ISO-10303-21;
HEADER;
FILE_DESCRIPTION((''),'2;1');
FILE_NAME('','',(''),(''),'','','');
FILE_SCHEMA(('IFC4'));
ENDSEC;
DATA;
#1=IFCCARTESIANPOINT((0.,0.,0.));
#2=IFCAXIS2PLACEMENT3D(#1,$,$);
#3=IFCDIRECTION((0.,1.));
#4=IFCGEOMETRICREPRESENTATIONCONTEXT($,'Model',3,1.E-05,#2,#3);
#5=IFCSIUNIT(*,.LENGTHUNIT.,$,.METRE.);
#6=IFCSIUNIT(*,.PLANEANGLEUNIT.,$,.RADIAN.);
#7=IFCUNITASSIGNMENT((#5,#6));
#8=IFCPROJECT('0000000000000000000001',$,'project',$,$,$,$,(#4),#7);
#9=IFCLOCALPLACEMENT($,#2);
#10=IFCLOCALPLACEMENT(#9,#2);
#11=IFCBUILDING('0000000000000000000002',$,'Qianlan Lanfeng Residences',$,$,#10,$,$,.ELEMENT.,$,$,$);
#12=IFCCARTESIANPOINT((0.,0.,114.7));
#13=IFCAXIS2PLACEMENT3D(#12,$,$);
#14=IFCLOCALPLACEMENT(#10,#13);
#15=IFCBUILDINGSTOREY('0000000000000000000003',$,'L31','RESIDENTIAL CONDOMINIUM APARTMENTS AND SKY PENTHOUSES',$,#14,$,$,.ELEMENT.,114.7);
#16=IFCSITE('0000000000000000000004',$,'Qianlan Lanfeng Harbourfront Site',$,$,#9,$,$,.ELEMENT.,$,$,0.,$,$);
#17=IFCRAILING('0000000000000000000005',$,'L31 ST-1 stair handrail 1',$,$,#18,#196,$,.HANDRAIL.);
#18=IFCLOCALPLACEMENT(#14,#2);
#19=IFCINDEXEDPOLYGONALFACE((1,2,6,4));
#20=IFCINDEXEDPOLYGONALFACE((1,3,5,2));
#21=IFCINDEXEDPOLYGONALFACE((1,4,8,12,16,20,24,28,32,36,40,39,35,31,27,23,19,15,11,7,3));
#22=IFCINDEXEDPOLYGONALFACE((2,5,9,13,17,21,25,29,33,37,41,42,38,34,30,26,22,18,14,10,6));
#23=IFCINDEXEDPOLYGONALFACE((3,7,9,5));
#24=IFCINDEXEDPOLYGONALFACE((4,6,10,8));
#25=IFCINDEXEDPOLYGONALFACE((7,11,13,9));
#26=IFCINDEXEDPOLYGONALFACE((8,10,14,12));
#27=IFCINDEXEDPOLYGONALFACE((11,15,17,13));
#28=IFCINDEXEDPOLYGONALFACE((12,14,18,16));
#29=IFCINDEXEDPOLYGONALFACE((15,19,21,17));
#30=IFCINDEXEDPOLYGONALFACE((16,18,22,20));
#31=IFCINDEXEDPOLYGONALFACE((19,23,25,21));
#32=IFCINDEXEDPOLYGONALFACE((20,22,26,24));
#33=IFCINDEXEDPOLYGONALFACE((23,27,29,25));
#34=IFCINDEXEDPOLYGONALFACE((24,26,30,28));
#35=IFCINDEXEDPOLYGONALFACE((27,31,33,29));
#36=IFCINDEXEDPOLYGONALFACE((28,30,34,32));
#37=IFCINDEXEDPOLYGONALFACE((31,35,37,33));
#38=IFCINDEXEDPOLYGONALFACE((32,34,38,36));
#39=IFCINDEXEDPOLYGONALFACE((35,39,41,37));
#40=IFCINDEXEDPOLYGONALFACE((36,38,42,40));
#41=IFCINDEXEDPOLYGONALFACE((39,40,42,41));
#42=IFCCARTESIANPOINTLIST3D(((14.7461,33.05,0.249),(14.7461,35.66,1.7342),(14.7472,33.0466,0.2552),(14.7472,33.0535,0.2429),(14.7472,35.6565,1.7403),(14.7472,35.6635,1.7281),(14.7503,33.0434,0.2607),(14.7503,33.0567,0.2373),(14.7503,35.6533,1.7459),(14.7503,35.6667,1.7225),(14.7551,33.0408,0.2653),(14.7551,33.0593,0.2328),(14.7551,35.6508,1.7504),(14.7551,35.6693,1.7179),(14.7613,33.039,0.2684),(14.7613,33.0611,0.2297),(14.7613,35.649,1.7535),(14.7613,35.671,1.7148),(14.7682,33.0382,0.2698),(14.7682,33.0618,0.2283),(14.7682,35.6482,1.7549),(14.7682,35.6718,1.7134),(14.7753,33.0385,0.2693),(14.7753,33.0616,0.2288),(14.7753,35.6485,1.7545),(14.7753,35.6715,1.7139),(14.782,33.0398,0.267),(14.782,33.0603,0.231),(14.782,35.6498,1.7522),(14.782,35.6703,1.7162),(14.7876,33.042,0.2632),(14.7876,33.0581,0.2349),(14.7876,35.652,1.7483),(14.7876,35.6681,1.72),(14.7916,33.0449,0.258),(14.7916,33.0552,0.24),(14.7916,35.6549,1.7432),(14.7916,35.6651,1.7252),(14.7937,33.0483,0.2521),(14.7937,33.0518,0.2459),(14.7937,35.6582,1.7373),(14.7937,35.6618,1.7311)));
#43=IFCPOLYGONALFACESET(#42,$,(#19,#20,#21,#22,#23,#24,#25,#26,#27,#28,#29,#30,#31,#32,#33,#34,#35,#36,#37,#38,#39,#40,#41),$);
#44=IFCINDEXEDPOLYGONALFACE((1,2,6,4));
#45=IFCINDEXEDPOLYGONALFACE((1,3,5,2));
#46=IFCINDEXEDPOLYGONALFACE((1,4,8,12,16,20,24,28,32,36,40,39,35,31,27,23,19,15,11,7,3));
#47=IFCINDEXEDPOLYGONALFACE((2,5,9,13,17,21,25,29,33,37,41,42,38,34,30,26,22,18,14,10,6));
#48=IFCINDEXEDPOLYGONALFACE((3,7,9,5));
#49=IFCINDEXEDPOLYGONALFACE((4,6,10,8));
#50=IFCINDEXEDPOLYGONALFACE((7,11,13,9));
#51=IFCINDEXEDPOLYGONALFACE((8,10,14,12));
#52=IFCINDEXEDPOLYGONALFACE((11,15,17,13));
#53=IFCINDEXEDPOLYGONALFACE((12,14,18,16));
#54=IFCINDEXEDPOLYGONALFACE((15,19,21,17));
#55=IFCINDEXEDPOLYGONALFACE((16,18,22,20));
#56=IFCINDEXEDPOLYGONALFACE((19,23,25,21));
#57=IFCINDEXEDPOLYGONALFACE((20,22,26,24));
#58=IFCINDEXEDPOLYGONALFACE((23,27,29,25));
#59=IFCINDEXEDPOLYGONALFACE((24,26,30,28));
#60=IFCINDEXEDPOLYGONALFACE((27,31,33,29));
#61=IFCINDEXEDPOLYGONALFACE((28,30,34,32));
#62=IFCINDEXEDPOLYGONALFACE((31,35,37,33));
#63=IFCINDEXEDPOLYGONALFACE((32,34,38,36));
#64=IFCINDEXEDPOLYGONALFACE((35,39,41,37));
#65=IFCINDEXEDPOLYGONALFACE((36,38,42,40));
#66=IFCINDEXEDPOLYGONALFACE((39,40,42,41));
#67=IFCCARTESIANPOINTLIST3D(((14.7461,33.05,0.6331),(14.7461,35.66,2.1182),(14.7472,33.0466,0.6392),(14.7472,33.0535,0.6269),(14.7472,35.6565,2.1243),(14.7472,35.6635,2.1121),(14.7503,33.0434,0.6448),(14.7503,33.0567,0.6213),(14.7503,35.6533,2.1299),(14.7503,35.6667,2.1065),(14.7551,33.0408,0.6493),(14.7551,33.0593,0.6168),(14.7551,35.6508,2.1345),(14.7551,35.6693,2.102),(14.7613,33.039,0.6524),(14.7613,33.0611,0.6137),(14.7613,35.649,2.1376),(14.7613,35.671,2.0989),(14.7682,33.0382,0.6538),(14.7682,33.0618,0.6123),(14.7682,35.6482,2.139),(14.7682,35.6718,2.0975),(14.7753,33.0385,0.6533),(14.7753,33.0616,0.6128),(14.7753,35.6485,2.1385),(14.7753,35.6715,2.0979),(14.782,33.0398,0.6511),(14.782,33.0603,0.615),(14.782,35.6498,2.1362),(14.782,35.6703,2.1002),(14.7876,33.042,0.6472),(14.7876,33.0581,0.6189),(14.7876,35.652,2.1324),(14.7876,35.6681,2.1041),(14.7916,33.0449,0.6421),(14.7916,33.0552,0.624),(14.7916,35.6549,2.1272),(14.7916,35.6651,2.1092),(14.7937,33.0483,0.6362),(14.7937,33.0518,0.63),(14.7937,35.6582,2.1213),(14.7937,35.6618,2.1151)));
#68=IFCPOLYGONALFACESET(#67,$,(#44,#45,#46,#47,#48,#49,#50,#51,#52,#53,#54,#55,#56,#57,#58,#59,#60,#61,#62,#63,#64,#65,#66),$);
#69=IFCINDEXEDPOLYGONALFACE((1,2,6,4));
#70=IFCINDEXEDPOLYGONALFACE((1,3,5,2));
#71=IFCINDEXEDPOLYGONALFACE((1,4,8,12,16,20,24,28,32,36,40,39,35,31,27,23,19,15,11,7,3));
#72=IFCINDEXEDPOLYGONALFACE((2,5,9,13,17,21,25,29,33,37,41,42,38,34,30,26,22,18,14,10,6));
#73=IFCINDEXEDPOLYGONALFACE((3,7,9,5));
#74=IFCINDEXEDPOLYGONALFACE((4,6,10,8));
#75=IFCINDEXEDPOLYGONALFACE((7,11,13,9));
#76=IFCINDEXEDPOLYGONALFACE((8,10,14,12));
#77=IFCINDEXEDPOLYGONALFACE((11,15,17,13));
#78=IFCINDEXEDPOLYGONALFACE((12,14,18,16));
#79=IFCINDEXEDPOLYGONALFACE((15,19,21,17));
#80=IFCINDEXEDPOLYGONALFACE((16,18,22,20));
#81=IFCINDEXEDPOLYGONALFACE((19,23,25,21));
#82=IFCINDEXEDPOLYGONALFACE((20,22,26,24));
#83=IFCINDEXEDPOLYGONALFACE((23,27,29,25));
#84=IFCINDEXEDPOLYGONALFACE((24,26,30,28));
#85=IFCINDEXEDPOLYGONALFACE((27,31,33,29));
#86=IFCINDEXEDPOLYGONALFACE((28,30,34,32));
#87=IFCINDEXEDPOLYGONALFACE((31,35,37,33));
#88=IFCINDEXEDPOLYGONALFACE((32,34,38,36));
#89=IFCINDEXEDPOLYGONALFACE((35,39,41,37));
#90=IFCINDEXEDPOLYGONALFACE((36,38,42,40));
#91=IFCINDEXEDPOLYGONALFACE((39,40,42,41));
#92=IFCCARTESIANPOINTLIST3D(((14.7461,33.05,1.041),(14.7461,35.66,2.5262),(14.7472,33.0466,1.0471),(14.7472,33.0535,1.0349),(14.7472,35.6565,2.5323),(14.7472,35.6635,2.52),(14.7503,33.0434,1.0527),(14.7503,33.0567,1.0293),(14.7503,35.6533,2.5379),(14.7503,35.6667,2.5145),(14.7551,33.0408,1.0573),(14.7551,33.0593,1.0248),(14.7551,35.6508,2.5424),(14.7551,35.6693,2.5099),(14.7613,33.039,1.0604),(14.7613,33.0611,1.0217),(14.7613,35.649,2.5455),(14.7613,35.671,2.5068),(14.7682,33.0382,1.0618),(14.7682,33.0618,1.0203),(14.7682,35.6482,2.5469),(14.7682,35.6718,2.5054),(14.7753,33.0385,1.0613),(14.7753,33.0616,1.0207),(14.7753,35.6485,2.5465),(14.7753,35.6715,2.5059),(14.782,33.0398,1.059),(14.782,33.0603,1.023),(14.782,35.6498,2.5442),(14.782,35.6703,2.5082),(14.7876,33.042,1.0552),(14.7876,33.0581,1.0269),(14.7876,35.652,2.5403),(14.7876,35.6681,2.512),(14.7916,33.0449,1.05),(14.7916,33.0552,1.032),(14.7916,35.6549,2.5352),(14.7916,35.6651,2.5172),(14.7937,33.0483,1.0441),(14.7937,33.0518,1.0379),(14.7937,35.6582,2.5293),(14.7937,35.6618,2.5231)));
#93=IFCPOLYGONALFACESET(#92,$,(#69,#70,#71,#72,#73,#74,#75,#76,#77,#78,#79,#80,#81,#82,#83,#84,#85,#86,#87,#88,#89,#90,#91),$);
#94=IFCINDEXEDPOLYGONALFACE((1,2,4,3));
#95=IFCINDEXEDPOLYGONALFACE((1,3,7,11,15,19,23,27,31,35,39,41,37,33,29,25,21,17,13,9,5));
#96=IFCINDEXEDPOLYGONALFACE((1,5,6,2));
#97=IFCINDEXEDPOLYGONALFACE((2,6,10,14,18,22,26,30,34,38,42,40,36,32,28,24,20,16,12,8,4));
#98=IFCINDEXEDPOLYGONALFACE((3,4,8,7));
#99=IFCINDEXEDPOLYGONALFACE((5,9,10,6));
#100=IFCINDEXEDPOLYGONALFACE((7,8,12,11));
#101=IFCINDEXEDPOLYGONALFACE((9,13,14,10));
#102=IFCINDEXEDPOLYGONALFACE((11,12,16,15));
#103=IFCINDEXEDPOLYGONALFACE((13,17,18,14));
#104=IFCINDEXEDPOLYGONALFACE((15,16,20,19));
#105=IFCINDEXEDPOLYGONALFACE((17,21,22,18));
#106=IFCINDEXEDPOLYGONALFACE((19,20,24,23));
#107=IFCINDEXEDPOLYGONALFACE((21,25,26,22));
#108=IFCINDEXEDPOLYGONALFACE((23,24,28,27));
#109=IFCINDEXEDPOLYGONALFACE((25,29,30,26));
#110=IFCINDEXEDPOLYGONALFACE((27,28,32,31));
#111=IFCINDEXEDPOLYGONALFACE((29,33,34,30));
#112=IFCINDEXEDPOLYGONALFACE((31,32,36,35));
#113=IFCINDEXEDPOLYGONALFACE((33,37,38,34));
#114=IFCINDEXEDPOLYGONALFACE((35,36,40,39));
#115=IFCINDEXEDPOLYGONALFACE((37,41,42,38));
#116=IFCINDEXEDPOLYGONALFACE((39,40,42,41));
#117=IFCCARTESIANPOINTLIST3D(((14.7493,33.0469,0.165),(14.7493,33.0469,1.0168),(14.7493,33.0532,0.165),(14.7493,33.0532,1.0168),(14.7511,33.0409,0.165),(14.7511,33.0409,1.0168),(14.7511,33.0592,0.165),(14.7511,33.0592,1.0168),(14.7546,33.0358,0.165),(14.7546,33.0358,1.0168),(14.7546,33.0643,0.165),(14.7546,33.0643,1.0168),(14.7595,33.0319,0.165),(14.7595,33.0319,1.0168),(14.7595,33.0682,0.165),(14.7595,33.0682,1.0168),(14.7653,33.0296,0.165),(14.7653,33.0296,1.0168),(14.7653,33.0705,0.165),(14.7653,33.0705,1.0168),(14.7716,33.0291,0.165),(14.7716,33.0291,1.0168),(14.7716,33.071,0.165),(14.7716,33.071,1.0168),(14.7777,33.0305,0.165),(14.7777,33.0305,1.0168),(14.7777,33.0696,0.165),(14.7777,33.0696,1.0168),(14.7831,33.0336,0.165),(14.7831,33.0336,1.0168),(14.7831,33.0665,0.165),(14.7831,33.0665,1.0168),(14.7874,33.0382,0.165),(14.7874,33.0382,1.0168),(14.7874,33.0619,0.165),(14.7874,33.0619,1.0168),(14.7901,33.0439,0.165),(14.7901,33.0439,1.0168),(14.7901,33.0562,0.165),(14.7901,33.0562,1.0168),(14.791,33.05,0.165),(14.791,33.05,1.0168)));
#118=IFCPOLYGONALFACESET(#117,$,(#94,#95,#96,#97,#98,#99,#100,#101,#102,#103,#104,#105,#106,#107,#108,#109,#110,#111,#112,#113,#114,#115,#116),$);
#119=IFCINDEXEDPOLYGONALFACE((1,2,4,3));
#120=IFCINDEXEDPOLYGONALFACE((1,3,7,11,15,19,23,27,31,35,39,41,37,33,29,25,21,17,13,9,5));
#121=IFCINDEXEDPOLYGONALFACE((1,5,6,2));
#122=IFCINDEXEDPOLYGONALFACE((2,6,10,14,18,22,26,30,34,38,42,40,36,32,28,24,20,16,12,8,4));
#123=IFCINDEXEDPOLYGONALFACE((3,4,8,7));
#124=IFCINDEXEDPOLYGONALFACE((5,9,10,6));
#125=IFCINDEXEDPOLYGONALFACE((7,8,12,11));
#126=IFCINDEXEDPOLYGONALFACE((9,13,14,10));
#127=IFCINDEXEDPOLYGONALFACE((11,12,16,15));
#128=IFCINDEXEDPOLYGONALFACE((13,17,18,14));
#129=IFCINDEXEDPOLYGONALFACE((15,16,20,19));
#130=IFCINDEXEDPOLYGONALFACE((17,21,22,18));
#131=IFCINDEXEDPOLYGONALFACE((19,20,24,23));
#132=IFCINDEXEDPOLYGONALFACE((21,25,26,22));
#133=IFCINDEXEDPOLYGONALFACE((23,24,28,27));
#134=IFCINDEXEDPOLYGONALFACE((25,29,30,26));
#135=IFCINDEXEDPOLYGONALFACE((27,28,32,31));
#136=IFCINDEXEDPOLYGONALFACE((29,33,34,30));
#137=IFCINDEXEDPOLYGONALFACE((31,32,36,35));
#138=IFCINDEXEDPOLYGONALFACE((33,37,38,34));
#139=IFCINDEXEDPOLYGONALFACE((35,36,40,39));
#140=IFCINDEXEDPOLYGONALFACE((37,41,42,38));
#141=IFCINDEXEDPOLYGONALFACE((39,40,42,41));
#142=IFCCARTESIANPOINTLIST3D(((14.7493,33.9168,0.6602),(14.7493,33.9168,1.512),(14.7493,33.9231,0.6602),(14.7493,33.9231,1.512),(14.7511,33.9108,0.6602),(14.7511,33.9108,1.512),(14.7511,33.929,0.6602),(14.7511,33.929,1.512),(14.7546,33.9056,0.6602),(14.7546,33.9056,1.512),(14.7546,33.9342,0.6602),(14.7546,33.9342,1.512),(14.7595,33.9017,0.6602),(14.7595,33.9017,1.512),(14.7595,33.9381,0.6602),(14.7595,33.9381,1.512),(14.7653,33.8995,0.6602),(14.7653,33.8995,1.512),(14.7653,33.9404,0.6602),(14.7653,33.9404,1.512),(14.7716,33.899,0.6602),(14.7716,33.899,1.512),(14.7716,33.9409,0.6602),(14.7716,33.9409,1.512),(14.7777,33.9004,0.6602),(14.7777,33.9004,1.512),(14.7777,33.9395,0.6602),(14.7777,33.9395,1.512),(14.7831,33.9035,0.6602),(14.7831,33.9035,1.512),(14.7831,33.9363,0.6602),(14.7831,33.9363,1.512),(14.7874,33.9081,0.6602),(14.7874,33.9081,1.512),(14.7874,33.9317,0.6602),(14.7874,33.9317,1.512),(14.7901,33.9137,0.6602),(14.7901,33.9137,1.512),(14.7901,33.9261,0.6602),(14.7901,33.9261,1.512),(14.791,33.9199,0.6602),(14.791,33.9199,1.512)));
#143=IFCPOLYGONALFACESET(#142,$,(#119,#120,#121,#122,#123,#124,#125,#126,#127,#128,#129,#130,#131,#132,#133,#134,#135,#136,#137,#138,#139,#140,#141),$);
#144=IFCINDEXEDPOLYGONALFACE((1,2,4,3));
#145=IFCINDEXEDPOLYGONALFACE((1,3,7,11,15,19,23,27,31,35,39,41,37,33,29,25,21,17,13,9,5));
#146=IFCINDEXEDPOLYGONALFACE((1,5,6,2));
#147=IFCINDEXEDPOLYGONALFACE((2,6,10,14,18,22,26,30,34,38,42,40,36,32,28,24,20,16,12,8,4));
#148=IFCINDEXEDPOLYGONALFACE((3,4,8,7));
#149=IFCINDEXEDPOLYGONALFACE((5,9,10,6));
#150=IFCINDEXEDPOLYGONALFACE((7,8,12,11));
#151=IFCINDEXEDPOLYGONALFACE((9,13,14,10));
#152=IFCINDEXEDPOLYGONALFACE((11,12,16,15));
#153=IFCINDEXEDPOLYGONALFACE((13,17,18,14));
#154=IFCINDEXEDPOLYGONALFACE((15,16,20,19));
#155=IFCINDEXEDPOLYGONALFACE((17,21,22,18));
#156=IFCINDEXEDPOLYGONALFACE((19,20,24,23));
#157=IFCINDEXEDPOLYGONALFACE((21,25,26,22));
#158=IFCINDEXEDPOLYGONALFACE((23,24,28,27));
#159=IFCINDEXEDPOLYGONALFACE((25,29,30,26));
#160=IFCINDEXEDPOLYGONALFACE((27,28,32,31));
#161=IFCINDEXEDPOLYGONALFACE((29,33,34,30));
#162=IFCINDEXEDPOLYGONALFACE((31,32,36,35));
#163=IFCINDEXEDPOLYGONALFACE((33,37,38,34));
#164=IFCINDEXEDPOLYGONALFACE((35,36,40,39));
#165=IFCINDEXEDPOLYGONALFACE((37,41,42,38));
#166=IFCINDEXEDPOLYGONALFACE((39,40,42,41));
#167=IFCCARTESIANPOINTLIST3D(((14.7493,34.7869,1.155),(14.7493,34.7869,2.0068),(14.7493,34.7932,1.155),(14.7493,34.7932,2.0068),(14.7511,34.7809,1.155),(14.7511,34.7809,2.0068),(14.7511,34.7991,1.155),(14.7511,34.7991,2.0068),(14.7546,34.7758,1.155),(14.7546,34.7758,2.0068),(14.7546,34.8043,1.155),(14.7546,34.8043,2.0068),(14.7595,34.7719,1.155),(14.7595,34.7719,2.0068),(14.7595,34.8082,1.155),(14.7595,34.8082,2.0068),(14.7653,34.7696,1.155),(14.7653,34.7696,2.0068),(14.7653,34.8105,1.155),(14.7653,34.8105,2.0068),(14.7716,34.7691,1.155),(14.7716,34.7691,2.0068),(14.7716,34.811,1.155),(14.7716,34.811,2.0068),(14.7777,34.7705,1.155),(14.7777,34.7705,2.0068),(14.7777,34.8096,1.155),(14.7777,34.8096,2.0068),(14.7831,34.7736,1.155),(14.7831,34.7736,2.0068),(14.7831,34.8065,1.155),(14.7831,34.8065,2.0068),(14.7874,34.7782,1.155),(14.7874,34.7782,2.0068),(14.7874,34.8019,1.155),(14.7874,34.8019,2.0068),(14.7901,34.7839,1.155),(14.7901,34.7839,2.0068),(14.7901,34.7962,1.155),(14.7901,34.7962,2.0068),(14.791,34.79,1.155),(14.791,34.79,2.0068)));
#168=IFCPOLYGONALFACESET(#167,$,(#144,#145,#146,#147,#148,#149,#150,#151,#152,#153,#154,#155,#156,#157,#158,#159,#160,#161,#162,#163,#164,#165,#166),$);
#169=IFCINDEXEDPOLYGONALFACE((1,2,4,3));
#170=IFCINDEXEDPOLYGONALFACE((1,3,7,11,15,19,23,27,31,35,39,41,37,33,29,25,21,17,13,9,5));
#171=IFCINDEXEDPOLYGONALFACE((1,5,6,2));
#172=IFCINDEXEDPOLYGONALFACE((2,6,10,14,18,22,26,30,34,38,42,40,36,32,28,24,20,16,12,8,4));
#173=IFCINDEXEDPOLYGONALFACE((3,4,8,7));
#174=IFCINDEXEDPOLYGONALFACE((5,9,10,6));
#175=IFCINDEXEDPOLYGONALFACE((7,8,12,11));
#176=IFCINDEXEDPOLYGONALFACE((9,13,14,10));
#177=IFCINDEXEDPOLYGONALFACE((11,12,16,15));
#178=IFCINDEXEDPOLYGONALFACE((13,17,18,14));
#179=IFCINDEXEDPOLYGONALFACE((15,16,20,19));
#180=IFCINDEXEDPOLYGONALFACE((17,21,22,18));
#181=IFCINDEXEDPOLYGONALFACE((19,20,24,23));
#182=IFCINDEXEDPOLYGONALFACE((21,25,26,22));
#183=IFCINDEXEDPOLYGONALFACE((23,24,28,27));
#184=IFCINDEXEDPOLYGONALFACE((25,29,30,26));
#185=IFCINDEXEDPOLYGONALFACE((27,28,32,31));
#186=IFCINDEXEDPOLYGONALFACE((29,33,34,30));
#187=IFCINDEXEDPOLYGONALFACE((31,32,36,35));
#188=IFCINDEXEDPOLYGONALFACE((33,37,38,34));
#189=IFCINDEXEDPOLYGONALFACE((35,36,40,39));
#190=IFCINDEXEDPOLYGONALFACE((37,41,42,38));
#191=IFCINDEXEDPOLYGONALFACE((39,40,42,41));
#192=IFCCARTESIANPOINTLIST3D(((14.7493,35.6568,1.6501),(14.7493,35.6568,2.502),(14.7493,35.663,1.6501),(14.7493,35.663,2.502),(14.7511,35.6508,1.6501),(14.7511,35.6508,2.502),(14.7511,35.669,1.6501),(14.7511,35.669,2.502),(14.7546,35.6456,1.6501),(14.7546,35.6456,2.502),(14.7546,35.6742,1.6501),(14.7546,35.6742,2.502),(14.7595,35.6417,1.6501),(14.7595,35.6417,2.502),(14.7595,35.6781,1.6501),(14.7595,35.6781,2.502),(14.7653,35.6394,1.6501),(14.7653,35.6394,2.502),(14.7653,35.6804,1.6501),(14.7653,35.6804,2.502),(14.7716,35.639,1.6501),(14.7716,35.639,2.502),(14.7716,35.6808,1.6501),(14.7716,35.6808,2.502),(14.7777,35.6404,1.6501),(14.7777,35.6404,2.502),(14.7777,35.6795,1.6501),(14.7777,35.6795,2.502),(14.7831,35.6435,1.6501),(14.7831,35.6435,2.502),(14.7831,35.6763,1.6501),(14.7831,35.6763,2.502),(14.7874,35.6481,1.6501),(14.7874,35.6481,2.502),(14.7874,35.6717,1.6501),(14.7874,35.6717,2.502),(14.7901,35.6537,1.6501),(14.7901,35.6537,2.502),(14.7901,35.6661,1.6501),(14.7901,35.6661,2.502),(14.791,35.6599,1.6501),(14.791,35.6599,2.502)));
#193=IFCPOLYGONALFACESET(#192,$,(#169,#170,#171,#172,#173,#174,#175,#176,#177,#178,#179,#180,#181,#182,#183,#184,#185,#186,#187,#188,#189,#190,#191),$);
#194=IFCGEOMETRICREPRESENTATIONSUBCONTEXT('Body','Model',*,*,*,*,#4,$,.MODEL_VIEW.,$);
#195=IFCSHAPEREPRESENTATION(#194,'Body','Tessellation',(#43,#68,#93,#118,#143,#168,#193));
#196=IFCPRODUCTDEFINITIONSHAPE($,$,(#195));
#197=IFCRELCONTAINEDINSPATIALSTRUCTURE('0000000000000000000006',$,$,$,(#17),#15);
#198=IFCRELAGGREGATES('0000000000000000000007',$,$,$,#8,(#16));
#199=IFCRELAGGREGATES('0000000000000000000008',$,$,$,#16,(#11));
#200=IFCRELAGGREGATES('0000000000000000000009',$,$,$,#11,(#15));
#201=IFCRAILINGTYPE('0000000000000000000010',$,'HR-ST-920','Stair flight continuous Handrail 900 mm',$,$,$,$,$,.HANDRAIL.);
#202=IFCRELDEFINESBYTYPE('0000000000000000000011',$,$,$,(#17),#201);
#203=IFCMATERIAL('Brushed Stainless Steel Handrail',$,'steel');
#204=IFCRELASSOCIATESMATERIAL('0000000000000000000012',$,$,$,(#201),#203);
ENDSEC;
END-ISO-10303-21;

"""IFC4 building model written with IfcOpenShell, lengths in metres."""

from ifc_helpers import new_model, si_unit, direction, frame, origin, origin_2d, place, context, subcontext, project, spatial, circle, extrude, material, type_object, element, save


model = new_model("IFC4")

# Units and contexts
model_context = context("Model", 3, precision=1e-05, world=origin(), true_north=direction((0.0, 1.0)))
body_context = subcontext(model_context, "Body", "Model", "MODEL_VIEW")
ifc_project = project(units=[si_unit("LENGTHUNIT", "METRE"), si_unit("PLANEANGLEUNIT", "RADIAN")], contexts=[model_context])

# Site, building, storey
site_placement = place(None, origin())
site = spatial("IfcSite", under=ifc_project, at=site_placement, Name="Qianlan Lanfeng Harbourfront Site", CompositionType="ELEMENT", RefElevation=0.0)
building_placement = place(site_placement, origin())
building = spatial("IfcBuilding", under=site, at=building_placement, Name="Qianlan Lanfeng Residences", CompositionType="ELEMENT")
storey_placement = place(building_placement, frame((0.0, 0.0, 114.7)))
storey = spatial("IfcBuildingStorey", under=building, at=storey_placement, Name="L31", Description="RESIDENTIAL CONDOMINIUM APARTMENTS AND SKY PENTHOUSES", CompositionType="ELEMENT", Elevation=114.7)

# Railing
ifc_material_1 = material(Name="Brushed Stainless Steel Handrail", Category="steel")
railing_type_1 = type_object("IfcRailingType", Name="HR-ST-920", Description="Stair flight continuous Handrail 900 mm", PredefinedType="HANDRAIL", material=ifc_material_1)
railing_1_placement = place(storey_placement, frame((14.77, 33.05, 0.165)))
element("IfcRailing", 1, at=railing_1_placement, inside=storey, type_object=railing_type_1, Name="L31 ST-1 stair handrail 1", PredefinedType="HANDRAIL", context=body_context, shape_type="SweptSolid", body=[
    extrude(circle(Radius=0.0239, at=origin_2d()), frame((0.0, 0.0, 0.084), z_axis=(0.0, 0.869137, 0.494571), x_axis=(-1.0, 0.0, 0.0)), (0.0, 0.0, 1.0), 3.0029),
    extrude(circle(Radius=0.0239, at=origin_2d()), frame((0.0, 0.0, 0.468), z_axis=(0.0, 0.869137, 0.494571), x_axis=(-1.0, 0.0, 0.0)), (0.0, 0.0, 1.0), 3.0029),
    extrude(circle(Radius=0.0239, at=origin_2d()), frame((0.0, 0.0, 0.876), z_axis=(0.0, 0.869137, 0.494571), x_axis=(-1.0, 0.0, 0.0)), (0.0, 0.0, 1.0), 3.0029),
    extrude(circle(Radius=0.021, at=origin_2d()), origin(), (0.0, 0.0, 1.0), 0.8518),
    extrude(circle(Radius=0.021, at=origin_2d()), frame((0.0, 0.8699, 0.4951)), (0.0, 0.0, 1.0), 0.8518),
    extrude(circle(Radius=0.021, at=origin_2d()), frame((0.0, 1.74, 0.99)), (0.0, 0.0, 1.0), 0.8518),
    extrude(circle(Radius=0.021, at=origin_2d()), frame((0.0, 2.6099, 1.4851)), (0.0, 0.0, 1.0), 0.8518),
])

save(model, "model.ifc")
